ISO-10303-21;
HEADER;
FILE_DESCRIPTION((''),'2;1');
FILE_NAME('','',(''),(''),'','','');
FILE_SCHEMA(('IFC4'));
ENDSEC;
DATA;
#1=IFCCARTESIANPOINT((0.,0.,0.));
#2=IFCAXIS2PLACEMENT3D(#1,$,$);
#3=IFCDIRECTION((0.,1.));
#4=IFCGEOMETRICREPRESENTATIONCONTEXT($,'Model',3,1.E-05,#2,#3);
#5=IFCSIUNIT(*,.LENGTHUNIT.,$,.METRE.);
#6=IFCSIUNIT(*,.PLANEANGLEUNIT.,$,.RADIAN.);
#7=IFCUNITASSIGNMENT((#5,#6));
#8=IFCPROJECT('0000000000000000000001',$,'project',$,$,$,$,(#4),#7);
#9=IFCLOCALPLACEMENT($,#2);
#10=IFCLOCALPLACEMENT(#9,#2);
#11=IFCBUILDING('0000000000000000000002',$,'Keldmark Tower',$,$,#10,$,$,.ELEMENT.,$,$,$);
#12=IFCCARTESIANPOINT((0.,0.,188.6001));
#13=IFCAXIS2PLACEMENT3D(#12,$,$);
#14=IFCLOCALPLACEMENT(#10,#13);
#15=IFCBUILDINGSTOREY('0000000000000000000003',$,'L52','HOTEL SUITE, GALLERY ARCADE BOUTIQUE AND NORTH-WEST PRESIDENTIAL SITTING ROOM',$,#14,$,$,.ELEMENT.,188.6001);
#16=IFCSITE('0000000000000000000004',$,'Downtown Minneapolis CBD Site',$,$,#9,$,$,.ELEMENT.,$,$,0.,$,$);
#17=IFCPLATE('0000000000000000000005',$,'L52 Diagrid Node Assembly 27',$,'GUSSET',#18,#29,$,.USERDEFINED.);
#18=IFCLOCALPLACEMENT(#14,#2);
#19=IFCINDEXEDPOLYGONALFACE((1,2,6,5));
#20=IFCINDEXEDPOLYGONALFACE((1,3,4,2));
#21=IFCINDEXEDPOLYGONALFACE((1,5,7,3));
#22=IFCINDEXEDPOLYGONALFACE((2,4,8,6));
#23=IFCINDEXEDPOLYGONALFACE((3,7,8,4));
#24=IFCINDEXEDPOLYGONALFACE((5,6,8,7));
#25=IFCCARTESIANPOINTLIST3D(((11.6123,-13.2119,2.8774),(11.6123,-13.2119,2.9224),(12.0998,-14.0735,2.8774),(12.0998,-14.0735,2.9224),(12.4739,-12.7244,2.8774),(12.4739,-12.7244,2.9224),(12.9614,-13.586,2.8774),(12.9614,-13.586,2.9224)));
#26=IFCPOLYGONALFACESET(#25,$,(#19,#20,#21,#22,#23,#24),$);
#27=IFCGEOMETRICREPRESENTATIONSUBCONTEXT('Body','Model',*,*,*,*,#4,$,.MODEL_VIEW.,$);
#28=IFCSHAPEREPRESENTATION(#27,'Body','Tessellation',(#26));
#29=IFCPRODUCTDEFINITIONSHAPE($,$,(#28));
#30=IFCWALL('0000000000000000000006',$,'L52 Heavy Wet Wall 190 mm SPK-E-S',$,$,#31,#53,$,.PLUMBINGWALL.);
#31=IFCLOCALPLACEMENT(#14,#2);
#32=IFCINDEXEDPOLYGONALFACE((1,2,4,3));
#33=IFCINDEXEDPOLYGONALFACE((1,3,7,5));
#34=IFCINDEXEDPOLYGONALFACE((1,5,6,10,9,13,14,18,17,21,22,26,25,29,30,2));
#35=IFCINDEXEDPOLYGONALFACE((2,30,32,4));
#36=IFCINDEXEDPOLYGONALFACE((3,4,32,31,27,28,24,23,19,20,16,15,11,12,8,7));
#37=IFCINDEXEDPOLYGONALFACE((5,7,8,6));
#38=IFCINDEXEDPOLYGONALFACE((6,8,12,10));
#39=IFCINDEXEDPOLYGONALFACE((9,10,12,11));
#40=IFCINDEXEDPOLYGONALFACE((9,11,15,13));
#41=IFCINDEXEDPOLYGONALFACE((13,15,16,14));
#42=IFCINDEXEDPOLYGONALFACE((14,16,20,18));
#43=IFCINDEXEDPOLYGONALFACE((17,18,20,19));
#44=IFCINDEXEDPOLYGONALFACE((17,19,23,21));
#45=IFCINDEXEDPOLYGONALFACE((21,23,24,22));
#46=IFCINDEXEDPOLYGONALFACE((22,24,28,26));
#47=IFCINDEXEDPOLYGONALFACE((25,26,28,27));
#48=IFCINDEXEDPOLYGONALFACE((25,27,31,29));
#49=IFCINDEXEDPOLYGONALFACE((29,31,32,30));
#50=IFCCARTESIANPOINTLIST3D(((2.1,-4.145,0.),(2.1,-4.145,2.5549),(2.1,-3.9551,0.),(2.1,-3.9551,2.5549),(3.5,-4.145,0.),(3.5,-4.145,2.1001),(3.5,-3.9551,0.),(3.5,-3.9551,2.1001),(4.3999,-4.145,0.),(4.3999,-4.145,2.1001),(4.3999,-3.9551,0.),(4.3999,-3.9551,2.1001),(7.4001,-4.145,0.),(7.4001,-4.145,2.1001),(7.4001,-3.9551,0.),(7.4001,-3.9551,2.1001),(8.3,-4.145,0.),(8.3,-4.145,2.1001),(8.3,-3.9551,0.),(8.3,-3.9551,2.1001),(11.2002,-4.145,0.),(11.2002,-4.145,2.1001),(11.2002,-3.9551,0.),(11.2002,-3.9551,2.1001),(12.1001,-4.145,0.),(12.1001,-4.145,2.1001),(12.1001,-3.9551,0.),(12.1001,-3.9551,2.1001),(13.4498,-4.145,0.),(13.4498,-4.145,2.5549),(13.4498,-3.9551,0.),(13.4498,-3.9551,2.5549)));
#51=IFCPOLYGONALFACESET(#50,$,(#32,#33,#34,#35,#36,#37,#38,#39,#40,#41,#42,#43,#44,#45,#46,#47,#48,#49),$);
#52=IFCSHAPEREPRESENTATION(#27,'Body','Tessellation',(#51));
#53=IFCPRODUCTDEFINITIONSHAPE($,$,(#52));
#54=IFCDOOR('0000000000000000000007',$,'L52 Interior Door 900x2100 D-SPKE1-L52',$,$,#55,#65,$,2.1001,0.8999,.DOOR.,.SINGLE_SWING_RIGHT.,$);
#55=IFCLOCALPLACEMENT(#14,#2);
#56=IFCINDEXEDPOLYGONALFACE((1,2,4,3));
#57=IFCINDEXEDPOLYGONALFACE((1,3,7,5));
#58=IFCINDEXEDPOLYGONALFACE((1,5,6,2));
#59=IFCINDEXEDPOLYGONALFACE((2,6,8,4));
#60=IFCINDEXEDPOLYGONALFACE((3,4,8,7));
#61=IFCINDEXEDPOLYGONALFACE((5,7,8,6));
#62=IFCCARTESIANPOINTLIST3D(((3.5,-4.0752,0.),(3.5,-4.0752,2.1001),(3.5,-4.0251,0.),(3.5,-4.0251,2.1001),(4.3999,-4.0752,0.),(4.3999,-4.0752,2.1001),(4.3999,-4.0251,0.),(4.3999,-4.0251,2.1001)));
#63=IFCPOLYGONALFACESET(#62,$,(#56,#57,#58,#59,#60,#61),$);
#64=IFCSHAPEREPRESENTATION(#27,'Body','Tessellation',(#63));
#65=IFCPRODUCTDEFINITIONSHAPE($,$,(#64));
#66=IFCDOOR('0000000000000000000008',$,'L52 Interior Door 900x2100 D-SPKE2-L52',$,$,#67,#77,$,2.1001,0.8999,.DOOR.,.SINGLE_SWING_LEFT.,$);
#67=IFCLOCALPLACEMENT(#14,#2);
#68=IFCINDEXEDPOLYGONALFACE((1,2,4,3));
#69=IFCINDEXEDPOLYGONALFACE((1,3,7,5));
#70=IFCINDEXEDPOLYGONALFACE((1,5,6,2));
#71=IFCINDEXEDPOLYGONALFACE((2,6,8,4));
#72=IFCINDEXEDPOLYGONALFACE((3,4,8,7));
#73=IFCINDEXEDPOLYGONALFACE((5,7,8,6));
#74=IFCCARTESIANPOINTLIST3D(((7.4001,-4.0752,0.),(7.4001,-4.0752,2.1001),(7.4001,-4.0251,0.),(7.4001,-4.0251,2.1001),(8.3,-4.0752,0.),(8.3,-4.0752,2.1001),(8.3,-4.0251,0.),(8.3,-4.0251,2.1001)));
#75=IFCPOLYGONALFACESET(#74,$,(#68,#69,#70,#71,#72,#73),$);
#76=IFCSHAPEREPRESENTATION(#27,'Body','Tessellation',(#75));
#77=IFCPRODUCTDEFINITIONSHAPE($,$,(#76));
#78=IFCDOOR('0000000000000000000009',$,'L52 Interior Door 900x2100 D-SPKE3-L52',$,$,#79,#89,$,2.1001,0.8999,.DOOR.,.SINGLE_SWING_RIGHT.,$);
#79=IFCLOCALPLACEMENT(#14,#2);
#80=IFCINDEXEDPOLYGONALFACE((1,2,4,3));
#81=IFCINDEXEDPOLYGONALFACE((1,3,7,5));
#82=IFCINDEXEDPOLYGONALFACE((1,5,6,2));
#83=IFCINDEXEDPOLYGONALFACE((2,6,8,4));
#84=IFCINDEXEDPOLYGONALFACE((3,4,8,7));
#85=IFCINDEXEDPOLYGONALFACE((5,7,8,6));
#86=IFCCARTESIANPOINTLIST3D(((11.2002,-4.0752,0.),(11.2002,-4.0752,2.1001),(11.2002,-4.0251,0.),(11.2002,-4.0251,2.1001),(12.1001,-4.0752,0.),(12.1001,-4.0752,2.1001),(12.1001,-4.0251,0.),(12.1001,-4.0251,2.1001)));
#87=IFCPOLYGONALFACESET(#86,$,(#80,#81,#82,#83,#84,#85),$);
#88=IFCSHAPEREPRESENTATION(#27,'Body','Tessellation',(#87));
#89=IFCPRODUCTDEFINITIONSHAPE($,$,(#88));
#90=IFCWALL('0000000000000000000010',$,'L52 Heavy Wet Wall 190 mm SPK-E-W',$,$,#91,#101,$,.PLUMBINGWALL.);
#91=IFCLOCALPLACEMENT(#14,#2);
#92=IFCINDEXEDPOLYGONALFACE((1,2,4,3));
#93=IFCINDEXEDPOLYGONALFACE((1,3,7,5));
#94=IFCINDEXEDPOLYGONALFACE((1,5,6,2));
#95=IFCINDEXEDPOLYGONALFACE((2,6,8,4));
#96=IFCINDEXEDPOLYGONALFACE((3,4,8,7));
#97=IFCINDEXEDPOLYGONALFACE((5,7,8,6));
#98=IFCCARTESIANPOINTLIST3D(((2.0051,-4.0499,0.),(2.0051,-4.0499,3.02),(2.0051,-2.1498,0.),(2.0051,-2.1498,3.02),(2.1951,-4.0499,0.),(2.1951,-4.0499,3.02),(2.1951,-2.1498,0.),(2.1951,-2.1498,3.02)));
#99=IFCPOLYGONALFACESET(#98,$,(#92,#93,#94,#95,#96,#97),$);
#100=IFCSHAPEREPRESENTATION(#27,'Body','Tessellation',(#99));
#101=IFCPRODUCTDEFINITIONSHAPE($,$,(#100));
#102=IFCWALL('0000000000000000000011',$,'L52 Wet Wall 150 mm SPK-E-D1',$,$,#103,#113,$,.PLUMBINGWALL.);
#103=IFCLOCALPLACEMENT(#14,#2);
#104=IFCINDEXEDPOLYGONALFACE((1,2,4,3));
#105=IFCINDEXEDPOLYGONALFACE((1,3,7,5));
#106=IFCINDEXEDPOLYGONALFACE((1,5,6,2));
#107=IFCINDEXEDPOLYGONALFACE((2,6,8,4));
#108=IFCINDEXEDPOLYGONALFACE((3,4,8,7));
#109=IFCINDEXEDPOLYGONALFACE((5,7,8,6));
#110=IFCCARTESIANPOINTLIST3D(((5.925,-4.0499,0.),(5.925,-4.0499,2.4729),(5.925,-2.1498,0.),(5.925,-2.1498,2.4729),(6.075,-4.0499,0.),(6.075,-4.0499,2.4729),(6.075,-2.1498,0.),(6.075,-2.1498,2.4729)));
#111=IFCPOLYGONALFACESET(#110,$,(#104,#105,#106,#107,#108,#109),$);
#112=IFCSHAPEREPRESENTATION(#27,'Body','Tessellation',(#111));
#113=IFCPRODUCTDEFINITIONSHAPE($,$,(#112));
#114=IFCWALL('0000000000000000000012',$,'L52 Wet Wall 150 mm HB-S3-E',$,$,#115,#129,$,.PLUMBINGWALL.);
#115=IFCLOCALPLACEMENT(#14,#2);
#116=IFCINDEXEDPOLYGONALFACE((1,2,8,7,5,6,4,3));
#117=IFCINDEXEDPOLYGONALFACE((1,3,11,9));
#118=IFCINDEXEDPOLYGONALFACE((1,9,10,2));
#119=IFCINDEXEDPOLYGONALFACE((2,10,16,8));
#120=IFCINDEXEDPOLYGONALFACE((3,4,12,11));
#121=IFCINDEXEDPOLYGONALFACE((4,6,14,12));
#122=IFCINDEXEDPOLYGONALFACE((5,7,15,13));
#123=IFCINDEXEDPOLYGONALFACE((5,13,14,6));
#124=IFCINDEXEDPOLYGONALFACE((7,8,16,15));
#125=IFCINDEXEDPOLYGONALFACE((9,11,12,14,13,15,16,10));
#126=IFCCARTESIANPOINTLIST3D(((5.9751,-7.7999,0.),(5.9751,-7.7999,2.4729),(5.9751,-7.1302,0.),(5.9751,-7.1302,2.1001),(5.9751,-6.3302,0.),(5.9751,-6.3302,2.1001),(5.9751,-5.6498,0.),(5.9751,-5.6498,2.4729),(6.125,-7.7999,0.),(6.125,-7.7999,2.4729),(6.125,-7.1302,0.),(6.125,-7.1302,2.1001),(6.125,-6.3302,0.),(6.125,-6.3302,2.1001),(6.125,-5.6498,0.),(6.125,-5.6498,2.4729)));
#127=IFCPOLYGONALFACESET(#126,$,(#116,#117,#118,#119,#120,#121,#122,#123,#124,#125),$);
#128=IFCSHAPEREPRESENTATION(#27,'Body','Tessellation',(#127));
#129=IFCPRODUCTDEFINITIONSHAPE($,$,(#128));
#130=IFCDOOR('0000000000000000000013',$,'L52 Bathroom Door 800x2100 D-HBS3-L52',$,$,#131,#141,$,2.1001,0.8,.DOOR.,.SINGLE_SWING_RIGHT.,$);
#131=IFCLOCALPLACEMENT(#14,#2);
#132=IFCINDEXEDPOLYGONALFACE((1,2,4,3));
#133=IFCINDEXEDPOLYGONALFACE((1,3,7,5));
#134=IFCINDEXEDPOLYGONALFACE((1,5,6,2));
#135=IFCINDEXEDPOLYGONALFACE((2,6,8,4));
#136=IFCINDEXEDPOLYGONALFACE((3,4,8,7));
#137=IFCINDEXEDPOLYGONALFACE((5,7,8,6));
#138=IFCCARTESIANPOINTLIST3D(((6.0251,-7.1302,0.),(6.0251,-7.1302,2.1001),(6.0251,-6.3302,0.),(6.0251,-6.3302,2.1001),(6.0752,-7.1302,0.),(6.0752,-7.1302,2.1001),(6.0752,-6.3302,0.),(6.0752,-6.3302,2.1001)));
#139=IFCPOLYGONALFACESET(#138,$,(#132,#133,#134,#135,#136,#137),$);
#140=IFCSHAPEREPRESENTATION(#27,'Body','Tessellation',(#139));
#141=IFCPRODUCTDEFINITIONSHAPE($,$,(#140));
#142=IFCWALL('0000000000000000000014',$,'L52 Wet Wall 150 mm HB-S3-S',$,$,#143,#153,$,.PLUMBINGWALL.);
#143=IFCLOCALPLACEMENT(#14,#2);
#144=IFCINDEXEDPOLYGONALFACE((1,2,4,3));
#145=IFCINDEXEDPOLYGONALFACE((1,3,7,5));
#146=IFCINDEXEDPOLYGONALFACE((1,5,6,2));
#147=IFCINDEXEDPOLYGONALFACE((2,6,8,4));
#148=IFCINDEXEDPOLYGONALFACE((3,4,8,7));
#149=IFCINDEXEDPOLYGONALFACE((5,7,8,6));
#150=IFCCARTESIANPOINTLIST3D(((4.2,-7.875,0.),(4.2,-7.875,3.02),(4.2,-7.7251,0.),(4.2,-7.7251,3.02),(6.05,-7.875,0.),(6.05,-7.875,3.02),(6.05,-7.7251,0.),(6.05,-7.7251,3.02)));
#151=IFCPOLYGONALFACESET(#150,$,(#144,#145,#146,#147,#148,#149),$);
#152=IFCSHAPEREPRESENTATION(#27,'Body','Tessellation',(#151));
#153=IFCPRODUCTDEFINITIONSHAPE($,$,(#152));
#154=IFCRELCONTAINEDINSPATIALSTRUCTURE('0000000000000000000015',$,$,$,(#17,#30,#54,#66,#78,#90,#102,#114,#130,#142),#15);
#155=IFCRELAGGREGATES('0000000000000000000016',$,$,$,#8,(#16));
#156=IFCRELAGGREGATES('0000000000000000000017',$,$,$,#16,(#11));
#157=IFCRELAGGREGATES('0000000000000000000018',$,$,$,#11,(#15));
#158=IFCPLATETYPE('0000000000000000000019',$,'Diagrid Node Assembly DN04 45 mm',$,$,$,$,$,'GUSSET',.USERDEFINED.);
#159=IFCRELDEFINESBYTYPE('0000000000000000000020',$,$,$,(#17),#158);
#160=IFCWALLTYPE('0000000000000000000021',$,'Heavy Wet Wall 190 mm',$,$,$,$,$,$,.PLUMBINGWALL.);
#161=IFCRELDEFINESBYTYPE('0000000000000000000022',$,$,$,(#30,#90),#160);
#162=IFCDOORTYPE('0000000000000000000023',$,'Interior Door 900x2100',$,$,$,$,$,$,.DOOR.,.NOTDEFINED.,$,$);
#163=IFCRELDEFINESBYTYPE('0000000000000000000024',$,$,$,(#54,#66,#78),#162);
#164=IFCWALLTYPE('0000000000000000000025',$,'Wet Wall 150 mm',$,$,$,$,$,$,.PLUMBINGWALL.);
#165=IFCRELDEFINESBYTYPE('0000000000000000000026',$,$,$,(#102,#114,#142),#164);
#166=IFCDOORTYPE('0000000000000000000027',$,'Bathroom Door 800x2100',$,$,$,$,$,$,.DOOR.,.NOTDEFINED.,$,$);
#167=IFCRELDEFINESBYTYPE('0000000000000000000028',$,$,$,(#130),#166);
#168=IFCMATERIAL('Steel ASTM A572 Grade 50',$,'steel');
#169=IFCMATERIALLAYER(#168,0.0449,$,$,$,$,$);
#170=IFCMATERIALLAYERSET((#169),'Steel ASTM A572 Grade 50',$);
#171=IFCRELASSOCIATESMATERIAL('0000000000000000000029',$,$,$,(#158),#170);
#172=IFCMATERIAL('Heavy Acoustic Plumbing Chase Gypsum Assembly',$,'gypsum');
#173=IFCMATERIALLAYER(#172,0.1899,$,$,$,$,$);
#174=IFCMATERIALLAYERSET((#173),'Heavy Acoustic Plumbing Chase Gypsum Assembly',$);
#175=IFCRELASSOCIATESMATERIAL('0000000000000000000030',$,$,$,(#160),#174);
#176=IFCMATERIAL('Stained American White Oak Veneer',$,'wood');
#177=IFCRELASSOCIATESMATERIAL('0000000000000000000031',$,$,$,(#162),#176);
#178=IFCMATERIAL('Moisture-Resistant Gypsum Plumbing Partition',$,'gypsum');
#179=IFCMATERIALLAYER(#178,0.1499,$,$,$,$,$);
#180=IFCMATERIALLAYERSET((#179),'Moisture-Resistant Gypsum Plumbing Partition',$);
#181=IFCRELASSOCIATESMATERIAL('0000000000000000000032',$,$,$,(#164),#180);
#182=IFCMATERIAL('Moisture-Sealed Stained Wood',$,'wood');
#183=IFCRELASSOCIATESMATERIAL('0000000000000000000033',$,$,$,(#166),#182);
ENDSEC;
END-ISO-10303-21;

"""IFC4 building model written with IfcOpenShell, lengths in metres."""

from ifc_helpers import new_model, si_unit, direction, frame, frame_2d, origin, origin_2d, place, context, subcontext, project, spatial, rectangle, extrude, material, layer, layer_set, type_object, element, fill, save


model = new_model("IFC4")

# Units and contexts
model_context = context("Model", 3, precision=1e-05, world=origin(), true_north=direction((0.0, 1.0)))
body_context = subcontext(model_context, "Body", "Model", "MODEL_VIEW")
ifc_project = project(units=[si_unit("LENGTHUNIT", "METRE"), si_unit("PLANEANGLEUNIT", "RADIAN")], contexts=[model_context])

# Site, building, storey
site_placement = place(None, origin())
site = spatial("IfcSite", under=ifc_project, at=site_placement, Name="Downtown Minneapolis CBD Site", CompositionType="ELEMENT", RefElevation=0.0)
building_placement = place(site_placement, origin())
building = spatial("IfcBuilding", under=site, at=building_placement, Name="Keldmark Tower", CompositionType="ELEMENT")
storey_placement = place(building_placement, frame((0.0, 0.0, 188.6001)))
storey = spatial("IfcBuildingStorey", under=building, at=storey_placement, Name="L52", Description="HOTEL SUITE, GALLERY ARCADE BOUTIQUE AND NORTH-WEST PRESIDENTIAL SITTING ROOM", CompositionType="ELEMENT", Elevation=188.6001)

# Plate
ifc_material_1 = material(Name="Steel ASTM A572 Grade 50", Category="steel")
ifc_layer_1 = layer(ifc_material_1, 0.0449)
ifc_layer_set_1 = layer_set([ifc_layer_1], Name="Steel ASTM A572 Grade 50")
plate_type = type_object("IfcPlateType", Name="Diagrid Node Assembly DN04 45 mm", ElementType="GUSSET", PredefinedType="USERDEFINED", material=ifc_layer_set_1)
plate_placement = place(storey_placement, frame((12.2869, -13.3989, 2.8774), z_axis=(0.0, 0.0, 1.0), x_axis=(0.870356, 0.492424, 0.0)))
element("IfcPlate", 1, at=plate_placement, inside=storey, type_object=plate_type, Name="L52 Diagrid Node Assembly 27", ObjectType="GUSSET", PredefinedType="USERDEFINED", context=body_context, shape_type="SweptSolid", body=[
    extrude(rectangle(XDim=0.99, YDim=0.99, at=origin_2d()), origin(), (0.0, 0.0, 1.0), 0.0449),
])

# Wall, openings, doors
ifc_material_2 = material(Name="Heavy Acoustic Plumbing Chase Gypsum Assembly", Category="gypsum")
ifc_layer_2 = layer(ifc_material_2, 0.1899)
ifc_layer_set_2 = layer_set([ifc_layer_2], Name="Heavy Acoustic Plumbing Chase Gypsum Assembly")
wall_type_1 = type_object("IfcWallType", Name="Heavy Wet Wall 190 mm", PredefinedType="PLUMBINGWALL", material=ifc_layer_set_2)
wall_1_placement = place(storey_placement, frame((2.1001, -4.05, 0.0), z_axis=(0.0, 0.0, 1.0), x_axis=(1.0, 0.0, 0.0)))
wall_1 = element("IfcWall", 2, at=wall_1_placement, inside=storey, type_object=wall_type_1, Name="L52 Heavy Wet Wall 190 mm SPK-E-S", PredefinedType="PLUMBINGWALL", context=body_context, shape_type="SweptSolid", body=[
    extrude(rectangle(XDim=11.3499, YDim=0.1899, at=frame_2d((5.6748, 0.0))), origin(), (0.0, 0.0, 1.0), 2.5549),
])
opening_1_placement = place(wall_1_placement, frame((1.3999, 0.0, 0.0)))
opening_1 = element("IfcOpeningElement", 3, at=opening_1_placement, cuts=wall_1, PredefinedType="OPENING", context=body_context, shape_type="SweptSolid", body=[
    extrude(rectangle(XDim=0.8999, YDim=2.1001, at=frame_2d((0.45, 1.05))), frame((0.0, 0.105, 0.0), z_axis=(0.0, -1.0, 0.0), x_axis=(1.0, 0.0, 0.0)), (0.0, 0.0, 1.0), 0.21),
])
opening_2_placement = place(wall_1_placement, frame((5.3, 0.0, 0.0)))
opening_2 = element("IfcOpeningElement", 4, at=opening_2_placement, cuts=wall_1, PredefinedType="OPENING", context=body_context, shape_type="SweptSolid", body=[
    extrude(rectangle(XDim=0.8999, YDim=2.1001, at=frame_2d((0.45, 1.05))), frame((0.0, 0.105, 0.0), z_axis=(0.0, -1.0, 0.0), x_axis=(1.0, 0.0, 0.0)), (0.0, 0.0, 1.0), 0.21),
])
opening_3_placement = place(wall_1_placement, frame((9.1001, 0.0, 0.0)))
opening_3 = element("IfcOpeningElement", 5, at=opening_3_placement, cuts=wall_1, PredefinedType="OPENING", context=body_context, shape_type="SweptSolid", body=[
    extrude(rectangle(XDim=0.8999, YDim=2.1001, at=frame_2d((0.45, 1.05))), frame((0.0, 0.105, 0.0), z_axis=(0.0, -1.0, 0.0), x_axis=(1.0, 0.0, 0.0)), (0.0, 0.0, 1.0), 0.21),
])
ifc_material_3 = material(Name="Stained American White Oak Veneer", Category="wood")
door_type_1 = type_object("IfcDoorType", Name="Interior Door 900x2100", OperationType="NOTDEFINED", PredefinedType="DOOR", material=ifc_material_3)
door_1_placement = place(opening_1_placement, origin())
door_1 = element("IfcDoor", 6, at=door_1_placement, inside=storey, type_object=door_type_1, Name="L52 Interior Door 900x2100 D-SPKE1-L52", OperationType="SINGLE_SWING_RIGHT", OverallHeight=2.1001, OverallWidth=0.8999, PredefinedType="DOOR", context=body_context, shape_type="SweptSolid", body=[
    extrude(rectangle(XDim=0.8999, YDim=2.1001, at=frame_2d((0.45, 1.05))), frame((0.0, 0.0249, 0.0), z_axis=(0.0, -1.0, 0.0), x_axis=(1.0, 0.0, 0.0)), (0.0, 0.0, 1.0), 0.05),
])
fill(opening_1, door_1)
door_2_placement = place(opening_2_placement, origin())
door_2 = element("IfcDoor", 7, at=door_2_placement, inside=storey, type_object=door_type_1, Name="L52 Interior Door 900x2100 D-SPKE2-L52", OperationType="SINGLE_SWING_LEFT", OverallHeight=2.1001, OverallWidth=0.8999, PredefinedType="DOOR", context=body_context, shape_type="SweptSolid", body=[
    extrude(rectangle(XDim=0.8999, YDim=2.1001, at=frame_2d((0.45, 1.05))), frame((0.0, 0.0249, 0.0), z_axis=(0.0, -1.0, 0.0), x_axis=(1.0, 0.0, 0.0)), (0.0, 0.0, 1.0), 0.05),
])
fill(opening_2, door_2)
door_3_placement = place(opening_3_placement, origin())
door_3 = element("IfcDoor", 8, at=door_3_placement, inside=storey, type_object=door_type_1, Name="L52 Interior Door 900x2100 D-SPKE3-L52", OperationType="SINGLE_SWING_RIGHT", OverallHeight=2.1001, OverallWidth=0.8999, PredefinedType="DOOR", context=body_context, shape_type="SweptSolid", body=[
    extrude(rectangle(XDim=0.8999, YDim=2.1001, at=frame_2d((0.45, 1.05))), frame((0.0, 0.0249, 0.0), z_axis=(0.0, -1.0, 0.0), x_axis=(1.0, 0.0, 0.0)), (0.0, 0.0, 1.0), 0.05),
])
fill(opening_3, door_3)

# Walls
wall_2_placement = place(storey_placement, frame((2.1001, -4.05, 0.0), z_axis=(0.0, 0.0, 1.0), x_axis=(0.0, 1.0, 0.0)))
element("IfcWall", 9, at=wall_2_placement, inside=storey, type_object=wall_type_1, Name="L52 Heavy Wet Wall 190 mm SPK-E-W", PredefinedType="PLUMBINGWALL", context=body_context, shape_type="SweptSolid", body=[
    extrude(rectangle(XDim=1.9001, YDim=0.1899, at=frame_2d((0.9502, 0.0))), origin(), (0.0, 0.0, 1.0), 3.02),
])
ifc_material_4 = material(Name="Moisture-Resistant Gypsum Plumbing Partition", Category="gypsum")
ifc_layer_3 = layer(ifc_material_4, 0.1499)
ifc_layer_set_3 = layer_set([ifc_layer_3], Name="Moisture-Resistant Gypsum Plumbing Partition")
wall_type_2 = type_object("IfcWallType", Name="Wet Wall 150 mm", PredefinedType="PLUMBINGWALL", material=ifc_layer_set_3)
wall_3_placement = place(storey_placement, frame((6.0, -4.05, 0.0), z_axis=(0.0, 0.0, 1.0), x_axis=(0.0, 1.0, 0.0)))
element("IfcWall", 10, at=wall_3_placement, inside=storey, type_object=wall_type_2, Name="L52 Wet Wall 150 mm SPK-E-D1", PredefinedType="PLUMBINGWALL", context=body_context, shape_type="SweptSolid", body=[
    extrude(rectangle(XDim=1.9001, YDim=0.1499, at=frame_2d((0.9502, 0.0))), origin(), (0.0, 0.0, 1.0), 2.4729),
])

# Wall, opening, door
wall_4_placement = place(storey_placement, frame((6.05, -7.8, 0.0), z_axis=(0.0, 0.0, 1.0), x_axis=(0.0, 1.0, 0.0)))
wall_4 = element("IfcWall", 11, at=wall_4_placement, inside=storey, type_object=wall_type_2, Name="L52 Wet Wall 150 mm HB-S3-E", PredefinedType="PLUMBINGWALL", context=body_context, shape_type="SweptSolid", body=[
    extrude(rectangle(XDim=2.1501, YDim=0.1499, at=frame_2d((1.0752, 0.0))), origin(), (0.0, 0.0, 1.0), 2.4729),
])
opening_4_placement = place(wall_4_placement, frame((0.6699, 0.0, 0.0)))
opening_4 = element("IfcOpeningElement", 12, at=opening_4_placement, cuts=wall_4, PredefinedType="OPENING", context=body_context, shape_type="SweptSolid", body=[
    extrude(rectangle(XDim=0.8, YDim=2.1001, at=frame_2d((0.3999, 1.05))), frame((0.0, 0.085, 0.0), z_axis=(0.0, -1.0, 0.0), x_axis=(1.0, 0.0, 0.0)), (0.0, 0.0, 1.0), 0.1699),
])
ifc_material_5 = material(Name="Moisture-Sealed Stained Wood", Category="wood")
door_type_2 = type_object("IfcDoorType", Name="Bathroom Door 800x2100", OperationType="NOTDEFINED", PredefinedType="DOOR", material=ifc_material_5)
door_4_placement = place(opening_4_placement, origin())
door_4 = element("IfcDoor", 13, at=door_4_placement, inside=storey, type_object=door_type_2, Name="L52 Bathroom Door 800x2100 D-HBS3-L52", OperationType="SINGLE_SWING_RIGHT", OverallHeight=2.1001, OverallWidth=0.8, PredefinedType="DOOR", context=body_context, shape_type="SweptSolid", body=[
    extrude(rectangle(XDim=0.8, YDim=2.1001, at=frame_2d((0.3999, 1.05))), frame((0.0, 0.0249, 0.0), z_axis=(0.0, -1.0, 0.0), x_axis=(1.0, 0.0, 0.0)), (0.0, 0.0, 1.0), 0.05),
])
fill(opening_4, door_4)

# Wall
wall_5_placement = place(storey_placement, frame((4.2, -7.8, 0.0), z_axis=(0.0, 0.0, 1.0), x_axis=(1.0, 0.0, 0.0)))
element("IfcWall", 14, at=wall_5_placement, inside=storey, type_object=wall_type_2, Name="L52 Wet Wall 150 mm HB-S3-S", PredefinedType="PLUMBINGWALL", context=body_context, shape_type="SweptSolid", body=[
    extrude(rectangle(XDim=1.8501, YDim=0.1499, at=frame_2d((0.925, 0.0))), origin(), (0.0, 0.0, 1.0), 3.02),
])

save(model, "model.ifc")
